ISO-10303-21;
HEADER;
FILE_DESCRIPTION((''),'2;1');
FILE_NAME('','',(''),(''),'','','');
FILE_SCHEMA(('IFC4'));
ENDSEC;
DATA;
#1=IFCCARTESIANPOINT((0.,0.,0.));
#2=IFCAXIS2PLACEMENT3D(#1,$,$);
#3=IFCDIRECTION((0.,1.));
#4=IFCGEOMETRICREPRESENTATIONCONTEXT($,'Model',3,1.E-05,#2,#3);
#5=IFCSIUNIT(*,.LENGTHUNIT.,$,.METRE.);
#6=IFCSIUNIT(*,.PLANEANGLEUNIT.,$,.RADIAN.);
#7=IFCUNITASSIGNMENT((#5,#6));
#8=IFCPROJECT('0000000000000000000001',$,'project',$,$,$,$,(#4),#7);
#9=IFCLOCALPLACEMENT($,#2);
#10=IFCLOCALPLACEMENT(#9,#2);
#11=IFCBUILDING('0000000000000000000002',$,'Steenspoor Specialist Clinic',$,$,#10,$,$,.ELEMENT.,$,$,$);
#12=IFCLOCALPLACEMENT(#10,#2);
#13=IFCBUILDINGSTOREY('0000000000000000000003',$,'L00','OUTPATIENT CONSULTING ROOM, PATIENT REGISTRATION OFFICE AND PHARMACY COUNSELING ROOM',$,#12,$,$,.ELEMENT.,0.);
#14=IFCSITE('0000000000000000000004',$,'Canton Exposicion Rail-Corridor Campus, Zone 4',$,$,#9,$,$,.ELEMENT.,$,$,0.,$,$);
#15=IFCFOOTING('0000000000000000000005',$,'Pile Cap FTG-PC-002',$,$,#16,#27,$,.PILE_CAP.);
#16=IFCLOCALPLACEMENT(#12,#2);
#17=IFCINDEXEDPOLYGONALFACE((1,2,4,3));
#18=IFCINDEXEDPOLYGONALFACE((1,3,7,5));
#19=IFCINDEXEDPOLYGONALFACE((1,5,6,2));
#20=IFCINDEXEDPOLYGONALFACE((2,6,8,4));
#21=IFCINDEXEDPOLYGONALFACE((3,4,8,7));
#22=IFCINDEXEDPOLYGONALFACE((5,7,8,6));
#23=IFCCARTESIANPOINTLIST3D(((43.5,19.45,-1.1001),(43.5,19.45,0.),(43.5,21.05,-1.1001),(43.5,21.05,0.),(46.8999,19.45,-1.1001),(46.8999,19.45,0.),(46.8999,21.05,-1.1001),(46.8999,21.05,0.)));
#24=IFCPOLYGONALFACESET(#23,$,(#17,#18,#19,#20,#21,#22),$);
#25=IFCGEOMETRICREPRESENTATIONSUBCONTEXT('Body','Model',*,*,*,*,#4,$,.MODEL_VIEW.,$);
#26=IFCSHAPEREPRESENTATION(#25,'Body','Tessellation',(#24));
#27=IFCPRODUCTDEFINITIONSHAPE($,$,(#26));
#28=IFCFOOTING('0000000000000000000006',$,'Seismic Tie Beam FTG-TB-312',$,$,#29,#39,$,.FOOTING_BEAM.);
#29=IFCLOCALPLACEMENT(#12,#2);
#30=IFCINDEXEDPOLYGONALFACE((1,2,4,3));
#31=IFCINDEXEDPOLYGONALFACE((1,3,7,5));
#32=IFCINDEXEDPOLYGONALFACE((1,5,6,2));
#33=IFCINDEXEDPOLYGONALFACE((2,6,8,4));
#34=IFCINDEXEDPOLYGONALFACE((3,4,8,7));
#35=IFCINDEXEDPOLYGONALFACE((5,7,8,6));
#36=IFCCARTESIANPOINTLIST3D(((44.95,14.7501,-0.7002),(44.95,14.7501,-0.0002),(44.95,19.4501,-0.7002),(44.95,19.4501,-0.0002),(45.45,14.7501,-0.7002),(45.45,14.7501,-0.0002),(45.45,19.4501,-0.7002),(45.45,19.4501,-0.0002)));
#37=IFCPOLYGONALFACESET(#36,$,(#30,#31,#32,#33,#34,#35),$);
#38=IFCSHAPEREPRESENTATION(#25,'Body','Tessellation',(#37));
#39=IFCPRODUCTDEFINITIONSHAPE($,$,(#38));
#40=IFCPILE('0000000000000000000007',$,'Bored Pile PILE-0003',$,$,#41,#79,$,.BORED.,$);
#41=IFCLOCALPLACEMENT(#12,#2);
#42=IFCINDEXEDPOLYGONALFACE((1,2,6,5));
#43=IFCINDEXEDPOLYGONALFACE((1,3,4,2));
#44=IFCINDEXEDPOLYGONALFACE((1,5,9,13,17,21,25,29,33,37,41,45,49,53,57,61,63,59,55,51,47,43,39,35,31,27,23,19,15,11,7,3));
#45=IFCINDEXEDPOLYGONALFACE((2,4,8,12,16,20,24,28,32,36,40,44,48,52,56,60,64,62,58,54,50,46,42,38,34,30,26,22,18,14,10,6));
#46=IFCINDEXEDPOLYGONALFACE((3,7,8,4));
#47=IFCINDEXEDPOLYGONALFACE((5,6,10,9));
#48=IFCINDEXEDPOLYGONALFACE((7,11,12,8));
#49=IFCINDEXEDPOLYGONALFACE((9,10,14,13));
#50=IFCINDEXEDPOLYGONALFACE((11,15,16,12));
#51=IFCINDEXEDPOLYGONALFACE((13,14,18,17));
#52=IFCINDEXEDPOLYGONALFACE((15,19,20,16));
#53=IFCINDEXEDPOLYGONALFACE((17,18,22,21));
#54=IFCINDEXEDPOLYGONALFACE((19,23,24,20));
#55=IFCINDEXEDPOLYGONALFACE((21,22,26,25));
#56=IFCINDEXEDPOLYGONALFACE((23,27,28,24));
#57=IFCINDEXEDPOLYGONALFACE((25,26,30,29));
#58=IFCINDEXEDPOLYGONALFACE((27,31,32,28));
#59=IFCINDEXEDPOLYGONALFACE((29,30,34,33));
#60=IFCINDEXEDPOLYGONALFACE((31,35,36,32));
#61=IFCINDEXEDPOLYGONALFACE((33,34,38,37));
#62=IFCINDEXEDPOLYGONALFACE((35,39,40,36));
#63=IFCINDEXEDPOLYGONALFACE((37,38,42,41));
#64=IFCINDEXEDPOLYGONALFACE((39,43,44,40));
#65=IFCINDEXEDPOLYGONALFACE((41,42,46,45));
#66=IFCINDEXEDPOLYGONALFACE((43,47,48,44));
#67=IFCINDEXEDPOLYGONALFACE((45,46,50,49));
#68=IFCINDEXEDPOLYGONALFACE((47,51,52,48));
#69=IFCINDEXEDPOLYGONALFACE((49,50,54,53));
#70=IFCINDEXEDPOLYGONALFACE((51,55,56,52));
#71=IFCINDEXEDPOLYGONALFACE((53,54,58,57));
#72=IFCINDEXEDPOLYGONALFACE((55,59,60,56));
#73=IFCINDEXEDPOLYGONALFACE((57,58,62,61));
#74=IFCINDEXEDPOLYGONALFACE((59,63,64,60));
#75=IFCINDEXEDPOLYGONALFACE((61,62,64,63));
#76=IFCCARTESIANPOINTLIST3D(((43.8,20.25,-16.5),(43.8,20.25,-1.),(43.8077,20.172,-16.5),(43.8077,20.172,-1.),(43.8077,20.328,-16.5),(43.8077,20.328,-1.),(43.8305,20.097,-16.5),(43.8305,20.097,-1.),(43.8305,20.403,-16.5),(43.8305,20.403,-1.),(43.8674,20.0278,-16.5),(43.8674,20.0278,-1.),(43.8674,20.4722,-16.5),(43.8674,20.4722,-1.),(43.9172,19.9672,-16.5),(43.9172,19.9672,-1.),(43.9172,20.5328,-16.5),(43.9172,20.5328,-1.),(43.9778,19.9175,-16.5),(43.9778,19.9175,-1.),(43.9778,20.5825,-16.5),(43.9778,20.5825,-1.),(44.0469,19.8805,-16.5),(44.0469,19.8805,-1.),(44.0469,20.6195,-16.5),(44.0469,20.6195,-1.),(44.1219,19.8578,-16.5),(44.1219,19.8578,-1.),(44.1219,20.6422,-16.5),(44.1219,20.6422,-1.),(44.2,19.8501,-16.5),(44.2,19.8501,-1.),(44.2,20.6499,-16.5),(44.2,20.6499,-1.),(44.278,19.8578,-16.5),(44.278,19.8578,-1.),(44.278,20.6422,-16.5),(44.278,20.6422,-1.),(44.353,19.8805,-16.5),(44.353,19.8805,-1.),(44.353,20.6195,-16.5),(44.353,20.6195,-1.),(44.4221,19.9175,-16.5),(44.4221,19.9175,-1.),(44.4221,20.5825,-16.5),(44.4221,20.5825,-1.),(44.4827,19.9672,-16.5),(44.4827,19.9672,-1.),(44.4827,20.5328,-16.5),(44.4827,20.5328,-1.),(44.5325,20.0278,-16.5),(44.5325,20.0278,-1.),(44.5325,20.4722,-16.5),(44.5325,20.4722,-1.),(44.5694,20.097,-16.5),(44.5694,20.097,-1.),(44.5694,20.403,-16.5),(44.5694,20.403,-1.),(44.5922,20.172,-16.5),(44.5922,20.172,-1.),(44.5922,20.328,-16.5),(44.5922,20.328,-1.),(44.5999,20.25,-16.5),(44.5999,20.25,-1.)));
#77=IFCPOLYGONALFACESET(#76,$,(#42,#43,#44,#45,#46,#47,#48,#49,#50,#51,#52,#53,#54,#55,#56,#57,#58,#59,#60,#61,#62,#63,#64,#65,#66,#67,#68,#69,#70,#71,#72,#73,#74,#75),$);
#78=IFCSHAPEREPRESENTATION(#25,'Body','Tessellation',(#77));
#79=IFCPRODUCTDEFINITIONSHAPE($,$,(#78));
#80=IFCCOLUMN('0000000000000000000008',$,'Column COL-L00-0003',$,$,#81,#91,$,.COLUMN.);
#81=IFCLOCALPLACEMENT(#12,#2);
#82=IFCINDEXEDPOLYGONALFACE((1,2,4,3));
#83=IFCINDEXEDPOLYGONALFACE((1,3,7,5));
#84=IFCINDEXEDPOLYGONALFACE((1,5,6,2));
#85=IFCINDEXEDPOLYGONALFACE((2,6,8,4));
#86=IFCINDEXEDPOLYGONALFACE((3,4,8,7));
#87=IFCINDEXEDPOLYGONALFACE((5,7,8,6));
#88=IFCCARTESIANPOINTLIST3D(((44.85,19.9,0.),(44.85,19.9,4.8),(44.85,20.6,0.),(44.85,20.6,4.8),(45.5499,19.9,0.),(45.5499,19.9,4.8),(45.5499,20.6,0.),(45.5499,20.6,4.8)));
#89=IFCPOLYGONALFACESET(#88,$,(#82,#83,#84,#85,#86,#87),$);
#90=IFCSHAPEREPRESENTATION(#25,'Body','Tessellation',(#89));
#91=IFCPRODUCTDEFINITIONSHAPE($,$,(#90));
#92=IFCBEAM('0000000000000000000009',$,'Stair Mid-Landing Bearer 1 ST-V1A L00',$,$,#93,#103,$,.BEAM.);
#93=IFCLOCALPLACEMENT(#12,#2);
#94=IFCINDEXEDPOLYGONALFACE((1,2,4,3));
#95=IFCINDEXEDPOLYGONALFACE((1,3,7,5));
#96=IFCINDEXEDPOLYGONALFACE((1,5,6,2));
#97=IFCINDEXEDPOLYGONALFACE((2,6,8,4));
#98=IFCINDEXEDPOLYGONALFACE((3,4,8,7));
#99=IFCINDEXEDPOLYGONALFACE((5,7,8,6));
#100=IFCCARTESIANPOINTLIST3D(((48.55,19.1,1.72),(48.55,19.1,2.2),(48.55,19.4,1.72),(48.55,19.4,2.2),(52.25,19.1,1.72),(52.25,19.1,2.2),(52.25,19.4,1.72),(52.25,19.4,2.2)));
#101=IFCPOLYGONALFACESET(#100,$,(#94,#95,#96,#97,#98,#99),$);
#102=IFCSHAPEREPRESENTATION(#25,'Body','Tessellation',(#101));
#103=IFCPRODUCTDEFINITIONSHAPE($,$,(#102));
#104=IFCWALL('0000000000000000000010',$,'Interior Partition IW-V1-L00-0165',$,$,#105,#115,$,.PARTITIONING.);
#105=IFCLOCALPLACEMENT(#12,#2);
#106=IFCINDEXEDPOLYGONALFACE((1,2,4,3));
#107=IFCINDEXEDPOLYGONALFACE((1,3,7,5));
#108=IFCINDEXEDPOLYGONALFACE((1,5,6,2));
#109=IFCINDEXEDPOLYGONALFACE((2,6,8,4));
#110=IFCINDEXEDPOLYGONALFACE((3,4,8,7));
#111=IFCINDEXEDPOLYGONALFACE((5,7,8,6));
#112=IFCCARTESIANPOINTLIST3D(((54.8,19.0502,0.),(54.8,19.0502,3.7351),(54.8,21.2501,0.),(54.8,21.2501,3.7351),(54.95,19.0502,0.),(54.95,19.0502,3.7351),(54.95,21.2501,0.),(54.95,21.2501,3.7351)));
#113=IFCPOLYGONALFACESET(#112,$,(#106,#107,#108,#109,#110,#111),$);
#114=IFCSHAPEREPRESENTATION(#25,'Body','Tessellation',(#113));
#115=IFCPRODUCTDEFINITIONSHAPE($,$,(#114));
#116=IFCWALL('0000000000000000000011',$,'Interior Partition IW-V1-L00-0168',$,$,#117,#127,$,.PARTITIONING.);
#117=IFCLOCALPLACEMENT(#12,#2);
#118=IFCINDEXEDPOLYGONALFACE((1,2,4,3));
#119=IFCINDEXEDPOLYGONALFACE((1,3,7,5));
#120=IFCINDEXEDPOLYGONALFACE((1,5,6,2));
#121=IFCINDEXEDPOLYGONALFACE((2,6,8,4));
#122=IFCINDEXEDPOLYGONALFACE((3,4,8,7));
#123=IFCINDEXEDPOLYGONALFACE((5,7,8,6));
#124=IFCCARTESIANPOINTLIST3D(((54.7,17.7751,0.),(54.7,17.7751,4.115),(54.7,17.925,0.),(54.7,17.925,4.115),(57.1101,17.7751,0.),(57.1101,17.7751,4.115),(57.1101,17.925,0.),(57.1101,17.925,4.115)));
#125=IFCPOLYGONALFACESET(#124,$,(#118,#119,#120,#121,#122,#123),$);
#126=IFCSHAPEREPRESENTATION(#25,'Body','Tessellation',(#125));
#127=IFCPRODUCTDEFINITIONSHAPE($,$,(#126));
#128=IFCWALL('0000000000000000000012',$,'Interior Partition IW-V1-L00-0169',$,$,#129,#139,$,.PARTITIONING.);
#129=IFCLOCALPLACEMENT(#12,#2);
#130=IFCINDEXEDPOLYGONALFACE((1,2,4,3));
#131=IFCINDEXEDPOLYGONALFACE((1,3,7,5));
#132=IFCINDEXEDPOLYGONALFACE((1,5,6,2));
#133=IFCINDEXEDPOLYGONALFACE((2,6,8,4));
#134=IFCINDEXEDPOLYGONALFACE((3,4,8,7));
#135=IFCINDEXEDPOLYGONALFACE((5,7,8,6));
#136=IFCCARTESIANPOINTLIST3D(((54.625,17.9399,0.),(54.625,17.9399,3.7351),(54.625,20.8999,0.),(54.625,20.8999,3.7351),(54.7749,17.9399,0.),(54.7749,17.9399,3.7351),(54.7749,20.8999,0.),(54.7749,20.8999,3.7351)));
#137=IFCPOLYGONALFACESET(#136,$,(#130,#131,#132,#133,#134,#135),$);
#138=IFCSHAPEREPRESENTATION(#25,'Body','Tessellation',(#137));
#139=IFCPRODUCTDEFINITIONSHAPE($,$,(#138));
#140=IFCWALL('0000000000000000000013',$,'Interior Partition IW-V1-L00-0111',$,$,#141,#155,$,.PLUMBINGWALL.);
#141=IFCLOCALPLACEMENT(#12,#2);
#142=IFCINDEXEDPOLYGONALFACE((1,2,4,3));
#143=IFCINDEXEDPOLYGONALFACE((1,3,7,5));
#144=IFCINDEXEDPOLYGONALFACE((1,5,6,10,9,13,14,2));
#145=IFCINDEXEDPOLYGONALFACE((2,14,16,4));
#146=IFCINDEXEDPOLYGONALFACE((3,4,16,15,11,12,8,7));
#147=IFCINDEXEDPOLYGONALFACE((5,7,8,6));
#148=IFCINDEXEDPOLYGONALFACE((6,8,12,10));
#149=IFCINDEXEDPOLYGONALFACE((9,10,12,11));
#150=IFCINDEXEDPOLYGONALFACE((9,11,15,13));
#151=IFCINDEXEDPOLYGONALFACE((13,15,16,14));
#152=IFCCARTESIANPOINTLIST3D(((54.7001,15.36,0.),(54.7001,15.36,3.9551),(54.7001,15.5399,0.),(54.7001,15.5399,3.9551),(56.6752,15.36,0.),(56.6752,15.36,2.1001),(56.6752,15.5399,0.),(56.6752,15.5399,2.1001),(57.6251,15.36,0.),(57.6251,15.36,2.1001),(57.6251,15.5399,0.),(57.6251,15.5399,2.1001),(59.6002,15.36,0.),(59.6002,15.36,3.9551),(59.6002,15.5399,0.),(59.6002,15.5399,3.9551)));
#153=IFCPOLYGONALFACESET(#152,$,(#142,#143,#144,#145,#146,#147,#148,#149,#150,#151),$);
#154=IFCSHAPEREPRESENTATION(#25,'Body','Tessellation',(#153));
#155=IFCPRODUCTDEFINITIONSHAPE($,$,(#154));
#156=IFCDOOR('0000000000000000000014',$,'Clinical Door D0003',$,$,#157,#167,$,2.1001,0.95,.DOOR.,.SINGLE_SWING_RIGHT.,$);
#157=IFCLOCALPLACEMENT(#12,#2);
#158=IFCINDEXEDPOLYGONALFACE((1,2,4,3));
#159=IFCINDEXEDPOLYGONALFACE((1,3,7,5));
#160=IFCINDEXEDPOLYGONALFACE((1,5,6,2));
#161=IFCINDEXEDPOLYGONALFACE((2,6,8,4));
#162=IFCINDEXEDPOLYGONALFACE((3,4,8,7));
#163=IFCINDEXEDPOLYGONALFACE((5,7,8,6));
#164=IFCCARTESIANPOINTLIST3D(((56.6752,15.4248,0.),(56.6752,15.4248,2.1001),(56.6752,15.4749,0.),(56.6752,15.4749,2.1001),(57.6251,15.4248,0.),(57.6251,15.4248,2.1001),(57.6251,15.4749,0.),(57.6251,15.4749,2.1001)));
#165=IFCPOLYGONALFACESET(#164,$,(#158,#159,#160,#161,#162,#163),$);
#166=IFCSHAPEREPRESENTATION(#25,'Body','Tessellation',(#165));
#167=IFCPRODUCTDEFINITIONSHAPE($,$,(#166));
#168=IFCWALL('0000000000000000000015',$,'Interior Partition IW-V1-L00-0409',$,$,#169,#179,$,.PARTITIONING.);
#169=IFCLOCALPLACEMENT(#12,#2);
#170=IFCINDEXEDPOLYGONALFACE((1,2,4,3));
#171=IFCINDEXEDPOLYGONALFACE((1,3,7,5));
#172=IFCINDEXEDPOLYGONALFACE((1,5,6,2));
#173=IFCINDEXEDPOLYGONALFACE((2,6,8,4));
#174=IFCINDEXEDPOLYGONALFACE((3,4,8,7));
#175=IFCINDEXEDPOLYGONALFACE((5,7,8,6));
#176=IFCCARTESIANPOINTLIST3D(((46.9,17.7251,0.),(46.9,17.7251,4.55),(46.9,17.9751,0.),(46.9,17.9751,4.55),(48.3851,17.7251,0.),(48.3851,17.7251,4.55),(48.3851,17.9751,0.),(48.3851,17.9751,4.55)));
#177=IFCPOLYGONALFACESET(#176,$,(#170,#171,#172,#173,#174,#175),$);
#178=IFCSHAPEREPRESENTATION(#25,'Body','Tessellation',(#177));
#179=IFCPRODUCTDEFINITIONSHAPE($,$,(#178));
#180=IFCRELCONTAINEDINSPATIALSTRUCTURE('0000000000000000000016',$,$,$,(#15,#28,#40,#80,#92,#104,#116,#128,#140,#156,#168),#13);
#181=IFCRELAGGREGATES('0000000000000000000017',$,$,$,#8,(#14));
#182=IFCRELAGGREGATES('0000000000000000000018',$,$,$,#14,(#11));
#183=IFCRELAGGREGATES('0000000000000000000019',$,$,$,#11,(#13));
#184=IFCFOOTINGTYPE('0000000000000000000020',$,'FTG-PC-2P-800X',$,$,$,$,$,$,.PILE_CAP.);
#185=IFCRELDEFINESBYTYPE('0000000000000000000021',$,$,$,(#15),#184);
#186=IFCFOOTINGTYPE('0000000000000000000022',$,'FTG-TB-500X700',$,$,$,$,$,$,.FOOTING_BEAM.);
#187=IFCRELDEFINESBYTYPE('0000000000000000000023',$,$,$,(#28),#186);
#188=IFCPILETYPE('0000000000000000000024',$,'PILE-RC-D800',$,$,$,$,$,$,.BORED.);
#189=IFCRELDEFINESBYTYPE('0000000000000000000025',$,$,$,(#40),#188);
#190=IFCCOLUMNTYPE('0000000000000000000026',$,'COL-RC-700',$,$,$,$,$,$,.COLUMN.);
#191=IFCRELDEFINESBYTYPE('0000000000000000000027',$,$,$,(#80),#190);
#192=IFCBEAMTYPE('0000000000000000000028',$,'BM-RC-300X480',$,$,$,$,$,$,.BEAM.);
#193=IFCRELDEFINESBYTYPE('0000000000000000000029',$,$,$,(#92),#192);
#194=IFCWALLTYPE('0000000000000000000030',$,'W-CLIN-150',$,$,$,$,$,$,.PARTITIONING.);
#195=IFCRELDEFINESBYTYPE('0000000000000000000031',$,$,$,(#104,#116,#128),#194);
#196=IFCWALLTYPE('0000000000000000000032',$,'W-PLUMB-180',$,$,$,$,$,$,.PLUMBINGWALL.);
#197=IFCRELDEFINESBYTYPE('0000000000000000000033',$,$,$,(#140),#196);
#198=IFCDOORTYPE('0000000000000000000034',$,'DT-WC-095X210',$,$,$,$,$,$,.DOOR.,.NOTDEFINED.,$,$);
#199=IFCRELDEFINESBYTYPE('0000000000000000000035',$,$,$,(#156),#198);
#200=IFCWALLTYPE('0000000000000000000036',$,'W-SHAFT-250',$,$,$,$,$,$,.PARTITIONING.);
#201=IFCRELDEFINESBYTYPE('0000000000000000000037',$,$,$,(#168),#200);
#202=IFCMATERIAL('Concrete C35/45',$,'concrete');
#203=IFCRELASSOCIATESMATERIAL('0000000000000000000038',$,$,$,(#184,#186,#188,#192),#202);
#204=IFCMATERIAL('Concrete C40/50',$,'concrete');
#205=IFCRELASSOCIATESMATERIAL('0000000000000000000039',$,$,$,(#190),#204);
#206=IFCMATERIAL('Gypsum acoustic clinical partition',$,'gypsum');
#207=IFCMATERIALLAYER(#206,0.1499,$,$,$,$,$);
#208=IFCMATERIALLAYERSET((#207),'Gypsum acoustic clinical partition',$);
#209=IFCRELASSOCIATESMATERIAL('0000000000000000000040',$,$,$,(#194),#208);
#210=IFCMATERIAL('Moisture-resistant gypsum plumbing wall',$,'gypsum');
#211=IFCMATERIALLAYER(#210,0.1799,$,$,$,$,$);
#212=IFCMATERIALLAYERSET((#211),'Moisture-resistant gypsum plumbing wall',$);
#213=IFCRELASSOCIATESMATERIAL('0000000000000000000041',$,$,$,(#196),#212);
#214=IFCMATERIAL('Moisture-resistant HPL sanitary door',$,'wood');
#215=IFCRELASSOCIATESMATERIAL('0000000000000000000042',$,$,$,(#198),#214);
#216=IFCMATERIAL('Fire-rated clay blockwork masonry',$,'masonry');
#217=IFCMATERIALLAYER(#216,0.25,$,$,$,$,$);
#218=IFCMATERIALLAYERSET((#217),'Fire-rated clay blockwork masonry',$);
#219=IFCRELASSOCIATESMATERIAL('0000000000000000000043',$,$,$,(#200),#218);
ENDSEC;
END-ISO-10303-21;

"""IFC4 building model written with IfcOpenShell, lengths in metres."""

from ifc_helpers import new_model, si_unit, direction, frame, frame_2d, origin, origin_2d, place, context, subcontext, project, spatial, rectangle, circle, extrude, material, layer, layer_set, material_profile, profile_set, type_object, element, fill, save


model = new_model("IFC4")

# Units and contexts
model_context = context("Model", 3, precision=1e-05, world=origin(), true_north=direction((0.0, 1.0)))
body_context = subcontext(model_context, "Body", "Model", "MODEL_VIEW")
ifc_project = project(units=[si_unit("LENGTHUNIT", "METRE"), si_unit("PLANEANGLEUNIT", "RADIAN")], contexts=[model_context])

# Site, building, storey
site_placement = place(None, origin())
site = spatial("IfcSite", under=ifc_project, at=site_placement, Name="Canton Exposicion Rail-Corridor Campus, Zone 4", CompositionType="ELEMENT", RefElevation=0.0)
building_placement = place(site_placement, origin())
building = spatial("IfcBuilding", under=site, at=building_placement, Name="Steenspoor Specialist Clinic", CompositionType="ELEMENT")
storey_placement = place(building_placement, origin())
storey = spatial("IfcBuildingStorey", under=building, at=storey_placement, Name="L00", Description="OUTPATIENT CONSULTING ROOM, PATIENT REGISTRATION OFFICE AND PHARMACY COUNSELING ROOM", CompositionType="ELEMENT", Elevation=0.0)

# Footings
ifc_material_1 = material(Name="Concrete C35/45", Category="concrete")
footing_type_1 = type_object("IfcFootingType", Name="FTG-PC-2P-800X", PredefinedType="PILE_CAP", material=ifc_material_1)
footing_1_placement = place(storey_placement, frame((45.2, 20.25, -1.1001), z_axis=(0.0, 0.0, 1.0), x_axis=(1.0, 0.0, 0.0)))
element("IfcFooting", 1, at=footing_1_placement, inside=storey, type_object=footing_type_1, Name="Pile Cap FTG-PC-002", PredefinedType="PILE_CAP", context=body_context, shape_type="SweptSolid", body=[
    extrude(rectangle(XDim=3.3999, YDim=1.6001, at=origin_2d()), origin(), (0.0, 0.0, 1.0), 1.1001),
])
footing_type_2 = type_object("IfcFootingType", Name="FTG-TB-500X700", PredefinedType="FOOTING_BEAM", material=ifc_material_1)
footing_2_placement = place(storey_placement, frame((45.2, 17.1001, -0.7002), z_axis=(0.0, 0.0, 1.0), x_axis=(1.0, 0.0, 0.0)))
element("IfcFooting", 2, at=footing_2_placement, inside=storey, type_object=footing_type_2, Name="Seismic Tie Beam FTG-TB-312", PredefinedType="FOOTING_BEAM", context=body_context, shape_type="SweptSolid", body=[
    extrude(rectangle(XDim=0.5, YDim=4.7, at=origin_2d()), origin(), (0.0, 0.0, 1.0), 0.7),
])

# Pile
ifc_material_profile_1 = material_profile(ifc_material_1, circle(Radius=0.3999, at=origin_2d()), Name="PILE-D800")
ifc_profile_set_1 = profile_set([ifc_material_profile_1], Name="Concrete C35/45")
pile_type = type_object("IfcPileType", Name="PILE-RC-D800", PredefinedType="BORED", material=ifc_profile_set_1)
pile_placement = place(storey_placement, frame((44.2, 20.25, -1.0), z_axis=(0.0, 0.0, -1.0), x_axis=(1.0, 0.0, 0.0)))
element("IfcPile", 3, at=pile_placement, inside=storey, type_object=pile_type, Name="Bored Pile PILE-0003", PredefinedType="BORED", context=body_context, shape_type="SweptSolid", body=[
    extrude(circle(Radius=0.3999, at=origin_2d()), origin(), (0.0, 0.0, 1.0), 15.5),
])

# Column
ifc_material_2 = material(Name="Concrete C40/50", Category="concrete")
ifc_material_profile_2 = material_profile(ifc_material_2, rectangle(XDim=0.7, YDim=0.7, at=origin_2d()), Name="RC-COL-700X700")
ifc_profile_set_2 = profile_set([ifc_material_profile_2], Name="Concrete C40/50")
column_type = type_object("IfcColumnType", Name="COL-RC-700", PredefinedType="COLUMN", material=ifc_profile_set_2)
column_placement = place(storey_placement, frame((45.2, 20.25, 0.0), z_axis=(0.0, 0.0, 1.0), x_axis=(1.0, 0.0, 0.0)))
element("IfcColumn", 4, at=column_placement, inside=storey, type_object=column_type, Name="Column COL-L00-0003", PredefinedType="COLUMN", context=body_context, shape_type="SweptSolid", body=[
    extrude(rectangle(XDim=0.7, YDim=0.7, at=origin_2d()), origin(), (0.0, 0.0, 1.0), 4.8),
])

# Beam
ifc_material_profile_3 = material_profile(ifc_material_1, rectangle(XDim=0.3, YDim=0.48, at=origin_2d()), Name="RC-BM-300X480")
ifc_profile_set_3 = profile_set([ifc_material_profile_3], Name="Concrete C35/45")
beam_type = type_object("IfcBeamType", Name="BM-RC-300X480", PredefinedType="BEAM", material=ifc_profile_set_3)
beam_placement = place(storey_placement, frame((48.55, 19.25, 1.96), z_axis=(1.0, 0.0, 0.0), x_axis=(0.0, 1.0, 0.0)))
element("IfcBeam", 5, at=beam_placement, inside=storey, type_object=beam_type, Name="Stair Mid-Landing Bearer 1 ST-V1A L00", PredefinedType="BEAM", context=body_context, shape_type="SweptSolid", body=[
    extrude(rectangle(XDim=0.3, YDim=0.48, at=origin_2d()), origin(), (0.0, 0.0, 1.0), 3.7),
])

# Walls
ifc_material_3 = material(Name="Gypsum acoustic clinical partition", Category="gypsum")
ifc_layer_1 = layer(ifc_material_3, 0.1499)
ifc_layer_set_1 = layer_set([ifc_layer_1], Name="Gypsum acoustic clinical partition")
wall_type_1 = type_object("IfcWallType", Name="W-CLIN-150", PredefinedType="PARTITIONING", material=ifc_layer_set_1)
wall_1_placement = place(storey_placement, frame((54.875, 19.05, 0.0), z_axis=(0.0, 0.0, 1.0), x_axis=(0.0, 1.0, 0.0)))
element("IfcWall", 6, at=wall_1_placement, inside=storey, type_object=wall_type_1, Name="Interior Partition IW-V1-L00-0165", PredefinedType="PARTITIONING", context=body_context, shape_type="SweptSolid", body=[
    extrude(rectangle(XDim=2.2, YDim=0.1499, at=frame_2d((1.1001, 0.0))), origin(), (0.0, 0.0, 1.0), 3.7351),
])
wall_2_placement = place(storey_placement, frame((54.7, 17.8501, 0.0), z_axis=(0.0, 0.0, 1.0), x_axis=(1.0, 0.0, 0.0)))
element("IfcWall", 7, at=wall_2_placement, inside=storey, type_object=wall_type_1, Name="Interior Partition IW-V1-L00-0168", PredefinedType="PARTITIONING", context=body_context, shape_type="SweptSolid", body=[
    extrude(rectangle(XDim=2.4102, YDim=0.1499, at=frame_2d((1.2051, 0.0))), origin(), (0.0, 0.0, 1.0), 4.115),
])
wall_3_placement = place(storey_placement, frame((54.7, 17.9399, 0.0), z_axis=(0.0, 0.0, 1.0), x_axis=(0.0, 1.0, 0.0)))
element("IfcWall", 8, at=wall_3_placement, inside=storey, type_object=wall_type_1, Name="Interior Partition IW-V1-L00-0169", PredefinedType="PARTITIONING", context=body_context, shape_type="SweptSolid", body=[
    extrude(rectangle(XDim=2.96, YDim=0.1499, at=frame_2d((1.48, 0.0))), origin(), (0.0, 0.0, 1.0), 3.7351),
])

# Wall, opening, door
ifc_material_4 = material(Name="Moisture-resistant gypsum plumbing wall", Category="gypsum")
ifc_layer_2 = layer(ifc_material_4, 0.1799)
ifc_layer_set_2 = layer_set([ifc_layer_2], Name="Moisture-resistant gypsum plumbing wall")
wall_type_2 = type_object("IfcWallType", Name="W-PLUMB-180", PredefinedType="PLUMBINGWALL", material=ifc_layer_set_2)
wall_4_placement = place(storey_placement, frame((54.7, 15.45, 0.0), z_axis=(0.0, 0.0, 1.0), x_axis=(1.0, 0.0, 0.0)))
wall_4 = element("IfcWall", 9, at=wall_4_placement, inside=storey, type_object=wall_type_2, Name="Interior Partition IW-V1-L00-0111", PredefinedType="PLUMBINGWALL", context=body_context, shape_type="SweptSolid", body=[
    extrude(rectangle(XDim=4.9001, YDim=0.1799, at=frame_2d((2.4502, 0.0))), origin(), (0.0, 0.0, 1.0), 3.9551),
])
opening_placement = place(wall_4_placement, frame((1.9751, 0.0, 0.0)))
opening = element("IfcOpeningElement", 10, at=opening_placement, cuts=wall_4, PredefinedType="OPENING", context=body_context, shape_type="SweptSolid", body=[
    extrude(rectangle(XDim=0.95, YDim=2.1001, at=frame_2d((0.4751, 1.05))), frame((0.0, 0.1001, 0.0), z_axis=(0.0, -1.0, 0.0), x_axis=(1.0, 0.0, 0.0)), (0.0, 0.0, 1.0), 0.2),
])
ifc_material_5 = material(Name="Moisture-resistant HPL sanitary door", Category="wood")
door_type = type_object("IfcDoorType", Name="DT-WC-095X210", OperationType="NOTDEFINED", PredefinedType="DOOR", material=ifc_material_5)
door_placement = place(opening_placement, origin())
door = element("IfcDoor", 11, at=door_placement, inside=storey, type_object=door_type, Name="Clinical Door D0003", OperationType="SINGLE_SWING_RIGHT", OverallHeight=2.1001, OverallWidth=0.95, PredefinedType="DOOR", context=body_context, shape_type="SweptSolid", body=[
    extrude(rectangle(XDim=0.95, YDim=2.1001, at=frame_2d((0.4751, 1.05))), frame((0.0, 0.0249, 0.0), z_axis=(0.0, -1.0, 0.0), x_axis=(1.0, 0.0, 0.0)), (0.0, 0.0, 1.0), 0.05),
])
fill(opening, door)

# Wall
ifc_material_6 = material(Name="Fire-rated clay blockwork masonry", Category="masonry")
ifc_layer_3 = layer(ifc_material_6, 0.25)
ifc_layer_set_3 = layer_set([ifc_layer_3], Name="Fire-rated clay blockwork masonry")
wall_type_3 = type_object("IfcWallType", Name="W-SHAFT-250", PredefinedType="PARTITIONING", material=ifc_layer_set_3)
wall_5_placement = place(storey_placement, frame((46.8999, 17.8501, 0.0), z_axis=(0.0, 0.0, 1.0), x_axis=(1.0, 0.0, 0.0)))
element("IfcWall", 12, at=wall_5_placement, inside=storey, type_object=wall_type_3, Name="Interior Partition IW-V1-L00-0409", PredefinedType="PARTITIONING", context=body_context, shape_type="SweptSolid", body=[
    extrude(rectangle(XDim=1.4851, YDim=0.25, at=frame_2d((0.7427, 0.0))), origin(), (0.0, 0.0, 1.0), 4.55),
])

save(model, "model.ifc")
